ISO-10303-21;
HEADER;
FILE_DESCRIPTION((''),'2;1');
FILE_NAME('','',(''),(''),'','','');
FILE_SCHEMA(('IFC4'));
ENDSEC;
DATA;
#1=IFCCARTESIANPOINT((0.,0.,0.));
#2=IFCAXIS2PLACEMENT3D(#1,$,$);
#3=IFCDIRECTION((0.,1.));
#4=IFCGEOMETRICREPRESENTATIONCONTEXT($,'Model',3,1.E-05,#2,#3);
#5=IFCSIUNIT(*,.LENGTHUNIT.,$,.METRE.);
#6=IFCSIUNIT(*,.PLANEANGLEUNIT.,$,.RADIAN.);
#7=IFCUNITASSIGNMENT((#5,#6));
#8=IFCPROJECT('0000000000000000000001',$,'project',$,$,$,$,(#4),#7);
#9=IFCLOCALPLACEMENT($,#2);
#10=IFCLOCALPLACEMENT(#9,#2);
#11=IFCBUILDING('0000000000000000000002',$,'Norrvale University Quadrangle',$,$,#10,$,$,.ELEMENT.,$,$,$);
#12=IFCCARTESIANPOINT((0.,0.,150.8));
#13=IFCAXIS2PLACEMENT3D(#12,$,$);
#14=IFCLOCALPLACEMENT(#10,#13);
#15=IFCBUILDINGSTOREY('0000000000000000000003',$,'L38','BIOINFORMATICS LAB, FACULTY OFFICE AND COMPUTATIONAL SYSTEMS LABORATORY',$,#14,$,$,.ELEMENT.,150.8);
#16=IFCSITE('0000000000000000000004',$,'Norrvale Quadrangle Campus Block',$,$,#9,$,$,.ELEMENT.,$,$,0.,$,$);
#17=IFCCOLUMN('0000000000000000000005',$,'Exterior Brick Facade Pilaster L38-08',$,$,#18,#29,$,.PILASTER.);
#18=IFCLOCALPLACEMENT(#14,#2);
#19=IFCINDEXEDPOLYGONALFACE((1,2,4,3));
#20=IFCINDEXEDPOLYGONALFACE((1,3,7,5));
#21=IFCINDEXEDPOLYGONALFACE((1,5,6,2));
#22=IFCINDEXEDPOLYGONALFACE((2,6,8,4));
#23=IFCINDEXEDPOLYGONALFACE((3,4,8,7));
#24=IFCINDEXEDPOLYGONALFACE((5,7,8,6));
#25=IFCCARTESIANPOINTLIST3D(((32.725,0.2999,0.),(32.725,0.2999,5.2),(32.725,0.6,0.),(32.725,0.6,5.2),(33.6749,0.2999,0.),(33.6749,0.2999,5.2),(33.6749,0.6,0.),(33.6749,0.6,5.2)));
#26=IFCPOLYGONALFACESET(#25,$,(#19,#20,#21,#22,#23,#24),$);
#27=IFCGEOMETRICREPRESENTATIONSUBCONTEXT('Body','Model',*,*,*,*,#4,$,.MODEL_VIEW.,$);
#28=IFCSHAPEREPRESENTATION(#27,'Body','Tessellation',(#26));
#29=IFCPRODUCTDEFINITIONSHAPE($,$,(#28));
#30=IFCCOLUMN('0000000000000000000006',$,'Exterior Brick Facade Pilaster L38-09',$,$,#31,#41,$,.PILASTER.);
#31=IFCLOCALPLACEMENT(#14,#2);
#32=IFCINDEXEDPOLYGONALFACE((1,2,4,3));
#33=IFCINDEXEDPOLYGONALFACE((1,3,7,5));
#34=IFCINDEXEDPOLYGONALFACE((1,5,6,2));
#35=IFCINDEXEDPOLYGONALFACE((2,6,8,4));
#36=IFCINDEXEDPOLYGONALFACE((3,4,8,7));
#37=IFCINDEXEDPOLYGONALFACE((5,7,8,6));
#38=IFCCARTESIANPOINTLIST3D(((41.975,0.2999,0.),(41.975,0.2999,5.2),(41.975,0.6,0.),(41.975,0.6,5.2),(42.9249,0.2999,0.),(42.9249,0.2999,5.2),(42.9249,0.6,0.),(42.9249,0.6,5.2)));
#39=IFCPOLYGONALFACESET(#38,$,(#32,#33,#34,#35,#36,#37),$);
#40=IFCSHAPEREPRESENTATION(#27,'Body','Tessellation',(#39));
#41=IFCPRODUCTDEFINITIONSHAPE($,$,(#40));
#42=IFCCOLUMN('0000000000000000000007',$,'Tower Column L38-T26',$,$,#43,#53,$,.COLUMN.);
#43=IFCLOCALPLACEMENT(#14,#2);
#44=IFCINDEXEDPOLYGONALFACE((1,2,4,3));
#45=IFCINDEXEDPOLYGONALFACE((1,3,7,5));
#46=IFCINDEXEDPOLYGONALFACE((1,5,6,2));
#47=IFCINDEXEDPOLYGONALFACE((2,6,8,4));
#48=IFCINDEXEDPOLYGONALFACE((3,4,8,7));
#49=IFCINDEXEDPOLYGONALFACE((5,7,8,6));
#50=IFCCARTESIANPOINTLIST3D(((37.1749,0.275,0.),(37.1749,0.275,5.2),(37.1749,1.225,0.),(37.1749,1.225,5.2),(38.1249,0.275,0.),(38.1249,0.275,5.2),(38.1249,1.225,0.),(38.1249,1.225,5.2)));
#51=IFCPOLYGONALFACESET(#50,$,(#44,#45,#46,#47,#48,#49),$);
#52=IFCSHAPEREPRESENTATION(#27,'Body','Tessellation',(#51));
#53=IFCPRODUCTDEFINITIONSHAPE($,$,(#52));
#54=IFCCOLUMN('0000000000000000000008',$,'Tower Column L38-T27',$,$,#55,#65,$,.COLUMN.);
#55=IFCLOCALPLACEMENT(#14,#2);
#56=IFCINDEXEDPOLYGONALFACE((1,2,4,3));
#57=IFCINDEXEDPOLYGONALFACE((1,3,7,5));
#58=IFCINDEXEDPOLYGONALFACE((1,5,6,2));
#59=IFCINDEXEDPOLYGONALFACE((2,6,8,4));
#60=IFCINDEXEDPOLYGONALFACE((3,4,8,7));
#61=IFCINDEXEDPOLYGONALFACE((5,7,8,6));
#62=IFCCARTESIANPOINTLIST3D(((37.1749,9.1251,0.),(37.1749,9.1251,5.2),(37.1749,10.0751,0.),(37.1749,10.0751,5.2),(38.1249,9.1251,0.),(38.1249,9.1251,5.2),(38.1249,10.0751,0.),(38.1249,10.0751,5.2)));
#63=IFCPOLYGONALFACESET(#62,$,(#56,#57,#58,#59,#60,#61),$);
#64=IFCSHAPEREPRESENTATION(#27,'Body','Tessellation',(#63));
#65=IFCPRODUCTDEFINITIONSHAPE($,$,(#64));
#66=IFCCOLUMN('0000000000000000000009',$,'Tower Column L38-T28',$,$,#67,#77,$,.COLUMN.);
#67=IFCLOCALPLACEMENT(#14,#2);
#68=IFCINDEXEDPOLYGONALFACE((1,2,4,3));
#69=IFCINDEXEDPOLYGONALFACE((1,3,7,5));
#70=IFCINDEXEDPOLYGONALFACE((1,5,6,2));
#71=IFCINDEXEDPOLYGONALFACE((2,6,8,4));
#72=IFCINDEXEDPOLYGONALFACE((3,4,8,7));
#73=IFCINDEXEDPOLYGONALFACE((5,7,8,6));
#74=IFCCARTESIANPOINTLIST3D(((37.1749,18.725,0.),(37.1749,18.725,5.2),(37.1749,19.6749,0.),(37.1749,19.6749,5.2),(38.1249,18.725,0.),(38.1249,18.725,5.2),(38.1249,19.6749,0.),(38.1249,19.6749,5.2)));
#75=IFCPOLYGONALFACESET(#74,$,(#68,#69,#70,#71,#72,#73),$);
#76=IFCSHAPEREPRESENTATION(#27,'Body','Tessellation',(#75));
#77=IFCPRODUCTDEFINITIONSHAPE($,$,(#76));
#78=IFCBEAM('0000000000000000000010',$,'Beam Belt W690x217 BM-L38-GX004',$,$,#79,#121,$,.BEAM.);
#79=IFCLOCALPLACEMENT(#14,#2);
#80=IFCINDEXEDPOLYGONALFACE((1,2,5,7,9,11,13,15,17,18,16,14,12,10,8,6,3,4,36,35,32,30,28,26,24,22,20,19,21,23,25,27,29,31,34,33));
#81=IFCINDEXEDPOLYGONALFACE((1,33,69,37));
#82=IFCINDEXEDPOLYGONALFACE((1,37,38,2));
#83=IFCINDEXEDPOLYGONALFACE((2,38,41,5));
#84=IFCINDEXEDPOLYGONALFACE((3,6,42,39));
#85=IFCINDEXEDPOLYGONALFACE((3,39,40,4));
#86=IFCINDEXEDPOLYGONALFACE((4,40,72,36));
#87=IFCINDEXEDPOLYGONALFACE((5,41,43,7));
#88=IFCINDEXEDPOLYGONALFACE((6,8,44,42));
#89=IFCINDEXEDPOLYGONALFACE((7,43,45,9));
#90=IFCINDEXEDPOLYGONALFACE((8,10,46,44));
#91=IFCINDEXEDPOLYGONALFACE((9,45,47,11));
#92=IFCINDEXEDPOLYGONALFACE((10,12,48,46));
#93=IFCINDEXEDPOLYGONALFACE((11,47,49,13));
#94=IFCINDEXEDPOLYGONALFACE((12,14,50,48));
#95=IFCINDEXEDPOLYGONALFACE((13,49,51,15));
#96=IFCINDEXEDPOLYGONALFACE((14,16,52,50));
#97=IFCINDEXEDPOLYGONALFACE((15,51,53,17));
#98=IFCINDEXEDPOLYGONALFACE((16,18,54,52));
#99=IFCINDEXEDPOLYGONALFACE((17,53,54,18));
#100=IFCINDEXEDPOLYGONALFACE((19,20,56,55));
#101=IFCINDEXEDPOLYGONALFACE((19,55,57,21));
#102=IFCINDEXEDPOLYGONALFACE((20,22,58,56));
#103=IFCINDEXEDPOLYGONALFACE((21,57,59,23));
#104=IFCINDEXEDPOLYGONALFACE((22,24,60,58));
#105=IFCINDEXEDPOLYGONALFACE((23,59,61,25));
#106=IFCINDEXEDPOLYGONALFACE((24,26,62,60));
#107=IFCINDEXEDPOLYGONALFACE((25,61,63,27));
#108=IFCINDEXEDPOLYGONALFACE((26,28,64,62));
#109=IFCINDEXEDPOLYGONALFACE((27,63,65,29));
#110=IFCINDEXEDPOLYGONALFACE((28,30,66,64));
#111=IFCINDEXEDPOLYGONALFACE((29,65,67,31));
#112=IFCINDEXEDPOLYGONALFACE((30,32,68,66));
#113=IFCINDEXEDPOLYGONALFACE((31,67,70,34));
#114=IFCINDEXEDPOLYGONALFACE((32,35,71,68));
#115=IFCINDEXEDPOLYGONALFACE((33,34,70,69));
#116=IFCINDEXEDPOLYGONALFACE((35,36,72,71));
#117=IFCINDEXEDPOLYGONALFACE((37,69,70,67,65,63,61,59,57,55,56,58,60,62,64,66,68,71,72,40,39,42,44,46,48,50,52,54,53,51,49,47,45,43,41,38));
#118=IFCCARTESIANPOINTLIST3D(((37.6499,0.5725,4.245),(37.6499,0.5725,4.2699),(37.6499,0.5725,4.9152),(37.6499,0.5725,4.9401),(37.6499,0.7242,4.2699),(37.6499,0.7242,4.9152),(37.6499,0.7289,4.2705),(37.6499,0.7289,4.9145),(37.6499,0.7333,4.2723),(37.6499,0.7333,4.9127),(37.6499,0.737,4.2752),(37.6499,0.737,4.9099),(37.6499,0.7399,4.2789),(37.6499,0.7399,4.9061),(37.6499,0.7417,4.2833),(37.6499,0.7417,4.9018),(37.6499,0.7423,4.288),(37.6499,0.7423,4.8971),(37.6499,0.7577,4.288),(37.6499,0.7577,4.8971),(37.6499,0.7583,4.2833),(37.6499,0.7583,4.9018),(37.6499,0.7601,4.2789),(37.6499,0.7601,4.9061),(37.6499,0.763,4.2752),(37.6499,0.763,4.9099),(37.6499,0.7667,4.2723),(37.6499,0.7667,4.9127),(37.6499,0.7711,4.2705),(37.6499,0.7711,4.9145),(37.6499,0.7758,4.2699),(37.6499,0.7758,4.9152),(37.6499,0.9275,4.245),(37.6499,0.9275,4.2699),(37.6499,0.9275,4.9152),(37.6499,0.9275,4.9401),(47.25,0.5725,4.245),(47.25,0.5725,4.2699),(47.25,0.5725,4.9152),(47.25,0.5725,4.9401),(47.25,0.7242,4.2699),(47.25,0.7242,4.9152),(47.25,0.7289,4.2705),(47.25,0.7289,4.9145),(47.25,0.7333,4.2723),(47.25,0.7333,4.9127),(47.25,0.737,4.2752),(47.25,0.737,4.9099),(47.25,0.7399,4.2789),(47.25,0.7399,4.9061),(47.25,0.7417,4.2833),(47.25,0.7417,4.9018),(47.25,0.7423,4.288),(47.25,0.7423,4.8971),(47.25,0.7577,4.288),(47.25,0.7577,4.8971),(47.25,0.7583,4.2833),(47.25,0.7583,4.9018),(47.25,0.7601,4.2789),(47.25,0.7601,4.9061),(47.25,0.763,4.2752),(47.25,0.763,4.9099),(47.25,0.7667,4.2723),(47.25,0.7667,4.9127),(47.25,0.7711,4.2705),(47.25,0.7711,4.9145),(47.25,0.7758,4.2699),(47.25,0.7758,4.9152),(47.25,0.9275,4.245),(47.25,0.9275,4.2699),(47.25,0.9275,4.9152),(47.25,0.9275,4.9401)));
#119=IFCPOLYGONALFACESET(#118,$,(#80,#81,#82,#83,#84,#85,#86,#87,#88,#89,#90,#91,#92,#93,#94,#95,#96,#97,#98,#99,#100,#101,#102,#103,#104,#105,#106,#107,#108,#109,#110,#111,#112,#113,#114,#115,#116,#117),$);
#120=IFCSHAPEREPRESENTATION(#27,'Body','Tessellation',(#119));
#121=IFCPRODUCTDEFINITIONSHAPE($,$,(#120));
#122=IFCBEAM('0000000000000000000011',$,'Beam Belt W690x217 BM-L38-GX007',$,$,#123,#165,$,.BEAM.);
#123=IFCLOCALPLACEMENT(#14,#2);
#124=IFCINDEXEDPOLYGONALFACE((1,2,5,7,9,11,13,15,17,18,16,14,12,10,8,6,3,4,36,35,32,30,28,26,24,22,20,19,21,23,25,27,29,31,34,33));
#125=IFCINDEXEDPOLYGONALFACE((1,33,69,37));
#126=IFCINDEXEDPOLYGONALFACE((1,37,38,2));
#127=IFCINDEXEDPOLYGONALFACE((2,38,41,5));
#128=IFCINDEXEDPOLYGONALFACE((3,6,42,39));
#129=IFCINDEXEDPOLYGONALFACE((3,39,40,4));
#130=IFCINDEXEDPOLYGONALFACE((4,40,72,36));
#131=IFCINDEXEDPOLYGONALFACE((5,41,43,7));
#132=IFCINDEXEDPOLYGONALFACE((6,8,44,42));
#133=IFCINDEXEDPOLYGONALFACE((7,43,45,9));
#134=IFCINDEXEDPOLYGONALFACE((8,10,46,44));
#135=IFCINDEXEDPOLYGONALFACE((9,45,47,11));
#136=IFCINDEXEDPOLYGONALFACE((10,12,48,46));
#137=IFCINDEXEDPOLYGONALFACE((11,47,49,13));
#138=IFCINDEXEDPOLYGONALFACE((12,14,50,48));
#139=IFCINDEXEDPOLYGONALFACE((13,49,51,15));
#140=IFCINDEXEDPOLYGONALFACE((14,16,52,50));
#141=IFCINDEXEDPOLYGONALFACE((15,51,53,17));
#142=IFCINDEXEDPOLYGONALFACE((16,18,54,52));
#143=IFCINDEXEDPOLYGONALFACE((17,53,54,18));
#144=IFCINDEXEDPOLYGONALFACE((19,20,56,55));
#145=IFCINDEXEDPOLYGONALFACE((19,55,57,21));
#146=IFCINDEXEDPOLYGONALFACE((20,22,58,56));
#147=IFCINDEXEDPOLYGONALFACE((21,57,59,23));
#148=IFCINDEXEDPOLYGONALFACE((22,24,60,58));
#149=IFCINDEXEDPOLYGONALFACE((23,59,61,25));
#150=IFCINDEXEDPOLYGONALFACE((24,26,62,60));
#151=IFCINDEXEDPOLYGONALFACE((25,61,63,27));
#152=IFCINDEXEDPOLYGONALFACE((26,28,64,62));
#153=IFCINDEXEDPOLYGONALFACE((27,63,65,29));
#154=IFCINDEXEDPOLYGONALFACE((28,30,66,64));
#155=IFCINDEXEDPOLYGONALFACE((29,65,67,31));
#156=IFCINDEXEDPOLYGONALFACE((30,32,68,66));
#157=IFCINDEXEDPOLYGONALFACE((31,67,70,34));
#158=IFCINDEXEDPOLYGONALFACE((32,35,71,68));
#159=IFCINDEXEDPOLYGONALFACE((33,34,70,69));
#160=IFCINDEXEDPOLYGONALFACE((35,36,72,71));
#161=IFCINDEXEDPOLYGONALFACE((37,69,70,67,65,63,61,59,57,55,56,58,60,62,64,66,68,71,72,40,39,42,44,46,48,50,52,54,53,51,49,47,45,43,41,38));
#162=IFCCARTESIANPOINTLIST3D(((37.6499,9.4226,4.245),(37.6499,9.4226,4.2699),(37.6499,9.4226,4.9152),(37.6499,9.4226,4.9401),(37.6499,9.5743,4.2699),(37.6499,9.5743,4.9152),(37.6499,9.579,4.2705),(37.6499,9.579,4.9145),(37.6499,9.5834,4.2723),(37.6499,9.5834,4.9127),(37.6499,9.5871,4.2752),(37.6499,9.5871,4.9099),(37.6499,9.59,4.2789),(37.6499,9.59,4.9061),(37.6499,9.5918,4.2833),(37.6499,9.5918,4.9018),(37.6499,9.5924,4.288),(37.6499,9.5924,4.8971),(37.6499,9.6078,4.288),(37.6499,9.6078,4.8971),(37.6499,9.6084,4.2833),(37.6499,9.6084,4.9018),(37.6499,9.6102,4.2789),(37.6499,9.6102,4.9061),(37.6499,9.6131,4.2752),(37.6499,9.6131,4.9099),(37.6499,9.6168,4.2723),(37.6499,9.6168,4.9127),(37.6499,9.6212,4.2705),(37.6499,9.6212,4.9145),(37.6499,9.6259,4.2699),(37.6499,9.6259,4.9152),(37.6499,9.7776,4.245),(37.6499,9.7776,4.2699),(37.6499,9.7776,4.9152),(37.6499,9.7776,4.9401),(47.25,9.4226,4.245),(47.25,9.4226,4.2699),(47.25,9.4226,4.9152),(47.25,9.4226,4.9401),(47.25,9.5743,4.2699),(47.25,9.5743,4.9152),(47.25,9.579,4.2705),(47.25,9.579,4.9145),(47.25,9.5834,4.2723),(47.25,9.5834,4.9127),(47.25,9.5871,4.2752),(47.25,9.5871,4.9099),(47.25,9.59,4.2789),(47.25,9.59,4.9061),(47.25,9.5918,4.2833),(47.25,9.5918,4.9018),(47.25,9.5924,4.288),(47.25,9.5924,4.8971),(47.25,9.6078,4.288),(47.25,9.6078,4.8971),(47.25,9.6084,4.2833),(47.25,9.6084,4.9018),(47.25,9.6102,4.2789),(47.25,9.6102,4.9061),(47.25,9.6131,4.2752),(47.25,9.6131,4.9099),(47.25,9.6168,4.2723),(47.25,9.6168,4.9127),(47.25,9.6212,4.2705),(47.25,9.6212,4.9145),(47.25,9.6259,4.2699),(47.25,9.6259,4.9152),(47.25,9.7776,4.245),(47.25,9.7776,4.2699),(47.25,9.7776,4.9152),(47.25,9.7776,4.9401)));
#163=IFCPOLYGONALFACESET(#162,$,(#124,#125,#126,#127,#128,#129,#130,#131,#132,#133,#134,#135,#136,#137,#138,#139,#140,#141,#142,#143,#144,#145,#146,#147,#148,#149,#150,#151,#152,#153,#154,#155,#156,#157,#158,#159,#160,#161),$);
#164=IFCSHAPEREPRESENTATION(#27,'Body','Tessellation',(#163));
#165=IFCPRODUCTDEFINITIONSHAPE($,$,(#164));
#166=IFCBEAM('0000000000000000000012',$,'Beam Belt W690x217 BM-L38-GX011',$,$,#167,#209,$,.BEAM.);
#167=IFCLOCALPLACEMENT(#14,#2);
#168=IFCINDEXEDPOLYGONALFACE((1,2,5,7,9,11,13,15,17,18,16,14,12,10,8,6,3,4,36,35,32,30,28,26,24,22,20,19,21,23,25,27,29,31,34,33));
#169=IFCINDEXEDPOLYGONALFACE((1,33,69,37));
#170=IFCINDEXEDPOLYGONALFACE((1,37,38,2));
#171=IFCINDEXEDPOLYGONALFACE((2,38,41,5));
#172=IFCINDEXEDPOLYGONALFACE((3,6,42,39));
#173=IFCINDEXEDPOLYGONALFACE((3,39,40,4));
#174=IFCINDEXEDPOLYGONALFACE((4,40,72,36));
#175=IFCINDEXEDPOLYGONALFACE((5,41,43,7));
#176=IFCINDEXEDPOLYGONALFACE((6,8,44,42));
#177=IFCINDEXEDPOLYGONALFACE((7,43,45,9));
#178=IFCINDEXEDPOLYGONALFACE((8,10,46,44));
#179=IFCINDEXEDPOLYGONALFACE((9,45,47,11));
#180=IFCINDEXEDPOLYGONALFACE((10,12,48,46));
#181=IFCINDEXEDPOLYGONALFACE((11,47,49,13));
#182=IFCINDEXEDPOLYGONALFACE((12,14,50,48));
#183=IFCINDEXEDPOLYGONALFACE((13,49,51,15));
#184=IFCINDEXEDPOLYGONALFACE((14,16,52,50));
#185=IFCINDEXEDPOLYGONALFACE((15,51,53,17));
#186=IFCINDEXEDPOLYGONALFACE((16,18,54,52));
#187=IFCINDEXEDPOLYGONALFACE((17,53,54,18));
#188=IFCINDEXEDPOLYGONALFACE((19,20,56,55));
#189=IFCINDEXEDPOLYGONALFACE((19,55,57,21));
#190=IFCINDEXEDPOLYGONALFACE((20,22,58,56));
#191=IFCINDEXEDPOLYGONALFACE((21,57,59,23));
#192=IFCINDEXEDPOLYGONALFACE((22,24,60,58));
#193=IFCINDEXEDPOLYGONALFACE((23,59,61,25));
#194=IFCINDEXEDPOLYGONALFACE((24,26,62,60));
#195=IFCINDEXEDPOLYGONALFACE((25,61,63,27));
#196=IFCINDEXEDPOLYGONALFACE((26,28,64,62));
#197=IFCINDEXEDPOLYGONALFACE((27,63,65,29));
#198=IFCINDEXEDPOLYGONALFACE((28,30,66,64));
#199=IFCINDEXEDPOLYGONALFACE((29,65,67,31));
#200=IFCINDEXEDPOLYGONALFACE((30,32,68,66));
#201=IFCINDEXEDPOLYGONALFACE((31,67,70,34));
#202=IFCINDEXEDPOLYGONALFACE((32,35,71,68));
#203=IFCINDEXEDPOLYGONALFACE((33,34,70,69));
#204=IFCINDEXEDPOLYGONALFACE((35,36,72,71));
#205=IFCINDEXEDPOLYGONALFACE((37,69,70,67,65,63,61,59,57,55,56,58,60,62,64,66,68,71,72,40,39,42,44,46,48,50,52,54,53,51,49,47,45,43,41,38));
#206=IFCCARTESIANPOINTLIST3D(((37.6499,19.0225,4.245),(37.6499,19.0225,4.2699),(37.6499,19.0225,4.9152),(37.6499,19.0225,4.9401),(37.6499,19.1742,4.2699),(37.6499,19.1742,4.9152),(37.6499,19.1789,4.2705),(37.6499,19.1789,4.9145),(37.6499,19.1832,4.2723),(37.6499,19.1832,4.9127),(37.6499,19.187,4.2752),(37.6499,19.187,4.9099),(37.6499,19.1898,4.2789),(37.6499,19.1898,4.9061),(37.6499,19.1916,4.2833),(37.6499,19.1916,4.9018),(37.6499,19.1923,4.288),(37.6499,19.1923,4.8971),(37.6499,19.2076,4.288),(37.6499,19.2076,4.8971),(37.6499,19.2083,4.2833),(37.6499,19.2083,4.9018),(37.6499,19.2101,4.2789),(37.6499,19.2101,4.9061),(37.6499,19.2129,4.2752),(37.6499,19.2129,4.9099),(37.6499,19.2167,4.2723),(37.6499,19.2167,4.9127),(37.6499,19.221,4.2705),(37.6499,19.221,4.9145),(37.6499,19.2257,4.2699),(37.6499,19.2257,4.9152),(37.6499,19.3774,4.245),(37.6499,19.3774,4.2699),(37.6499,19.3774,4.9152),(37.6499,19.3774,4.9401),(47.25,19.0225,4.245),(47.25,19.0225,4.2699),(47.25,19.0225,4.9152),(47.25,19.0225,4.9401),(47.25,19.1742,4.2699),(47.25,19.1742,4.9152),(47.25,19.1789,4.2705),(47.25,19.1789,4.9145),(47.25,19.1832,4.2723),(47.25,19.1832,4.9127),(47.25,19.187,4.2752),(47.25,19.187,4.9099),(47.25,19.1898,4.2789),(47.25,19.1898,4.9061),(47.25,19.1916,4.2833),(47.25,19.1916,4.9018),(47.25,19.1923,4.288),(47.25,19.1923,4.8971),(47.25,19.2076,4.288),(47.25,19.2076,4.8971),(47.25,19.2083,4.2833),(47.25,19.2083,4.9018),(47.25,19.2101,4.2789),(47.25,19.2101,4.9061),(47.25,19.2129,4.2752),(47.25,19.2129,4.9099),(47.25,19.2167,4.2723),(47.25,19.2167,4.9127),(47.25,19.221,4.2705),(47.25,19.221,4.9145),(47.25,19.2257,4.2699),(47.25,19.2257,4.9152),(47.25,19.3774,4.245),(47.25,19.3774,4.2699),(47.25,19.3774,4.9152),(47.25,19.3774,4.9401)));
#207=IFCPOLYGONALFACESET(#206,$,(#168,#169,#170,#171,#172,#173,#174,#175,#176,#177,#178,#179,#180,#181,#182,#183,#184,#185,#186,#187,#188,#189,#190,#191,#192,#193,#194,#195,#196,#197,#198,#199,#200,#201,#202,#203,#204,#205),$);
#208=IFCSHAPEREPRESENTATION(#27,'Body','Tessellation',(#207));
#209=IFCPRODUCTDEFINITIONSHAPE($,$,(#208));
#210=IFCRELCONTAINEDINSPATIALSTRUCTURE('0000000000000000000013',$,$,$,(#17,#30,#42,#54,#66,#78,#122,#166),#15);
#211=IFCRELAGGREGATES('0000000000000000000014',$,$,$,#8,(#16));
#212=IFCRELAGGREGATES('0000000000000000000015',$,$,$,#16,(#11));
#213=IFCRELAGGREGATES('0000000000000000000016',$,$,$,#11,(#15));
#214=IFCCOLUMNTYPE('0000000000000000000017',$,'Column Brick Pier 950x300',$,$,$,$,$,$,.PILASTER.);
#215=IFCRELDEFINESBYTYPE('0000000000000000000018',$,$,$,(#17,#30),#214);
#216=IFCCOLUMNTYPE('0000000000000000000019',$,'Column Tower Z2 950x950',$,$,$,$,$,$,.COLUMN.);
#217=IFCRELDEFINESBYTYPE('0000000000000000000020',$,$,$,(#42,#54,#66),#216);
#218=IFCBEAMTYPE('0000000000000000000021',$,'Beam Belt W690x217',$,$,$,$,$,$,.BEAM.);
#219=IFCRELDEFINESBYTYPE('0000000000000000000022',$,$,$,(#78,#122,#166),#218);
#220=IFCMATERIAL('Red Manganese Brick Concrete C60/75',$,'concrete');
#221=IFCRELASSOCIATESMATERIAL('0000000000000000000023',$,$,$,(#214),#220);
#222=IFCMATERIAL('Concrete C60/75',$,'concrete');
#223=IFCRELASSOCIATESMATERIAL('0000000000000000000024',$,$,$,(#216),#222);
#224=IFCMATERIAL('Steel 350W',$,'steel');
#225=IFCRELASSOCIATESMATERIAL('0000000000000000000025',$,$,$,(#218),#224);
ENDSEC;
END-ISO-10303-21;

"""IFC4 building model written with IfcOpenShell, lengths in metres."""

from ifc_helpers import new_model, si_unit, direction, frame, origin, origin_2d, place, context, subcontext, project, spatial, rectangle, i_section, extrude, material, material_profile, profile_set, type_object, element, save


model = new_model("IFC4")

# Units and contexts
model_context = context("Model", 3, precision=1e-05, world=origin(), true_north=direction((0.0, 1.0)))
body_context = subcontext(model_context, "Body", "Model", "MODEL_VIEW")
ifc_project = project(units=[si_unit("LENGTHUNIT", "METRE"), si_unit("PLANEANGLEUNIT", "RADIAN")], contexts=[model_context])

# Site, building, storey
site_placement = place(None, origin())
site = spatial("IfcSite", under=ifc_project, at=site_placement, Name="Norrvale Quadrangle Campus Block", CompositionType="ELEMENT", RefElevation=0.0)
building_placement = place(site_placement, origin())
building = spatial("IfcBuilding", under=site, at=building_placement, Name="Norrvale University Quadrangle", CompositionType="ELEMENT")
storey_placement = place(building_placement, frame((0.0, 0.0, 150.8)))
storey = spatial("IfcBuildingStorey", under=building, at=storey_placement, Name="L38", Description="BIOINFORMATICS LAB, FACULTY OFFICE AND COMPUTATIONAL SYSTEMS LABORATORY", CompositionType="ELEMENT", Elevation=150.8)

# Columns
ifc_material_1 = material(Name="Red Manganese Brick Concrete C60/75", Category="concrete")
ifc_material_profile_1 = material_profile(ifc_material_1, rectangle(XDim=0.95, YDim=0.3, at=origin_2d()), Name="Red Manganese Brick Concrete C60/75")
ifc_profile_set_1 = profile_set([ifc_material_profile_1], Name="Red Manganese Brick Concrete C60/75")
column_type_1 = type_object("IfcColumnType", Name="Column Brick Pier 950x300", PredefinedType="PILASTER", material=ifc_profile_set_1)
for number, where, z_axis, x_axis, name in (
    (1, (33.2, 0.45, 0.0), (0.0, 0.0, 1.0), (1.0, 0.0, 0.0), "Exterior Brick Facade Pilaster L38-08"),
    (2, (42.45, 0.45, 0.0), (0.0, 0.0, 1.0), (1.0, 0.0, 0.0), "Exterior Brick Facade Pilaster L38-09"),
):
    element("IfcColumn", number, at=place(storey_placement, frame(where, z_axis=z_axis, x_axis=x_axis)), inside=storey, type_object=column_type_1, Name=name, PredefinedType="PILASTER", context=body_context, shape_type="SweptSolid", body=[
        extrude(rectangle(XDim=0.95, YDim=0.3, at=origin_2d()), origin(), (0.0, 0.0, 1.0), 5.2),
    ])
ifc_material_2 = material(Name="Concrete C60/75", Category="concrete")
ifc_material_profile_2 = material_profile(ifc_material_2, rectangle(XDim=0.95, YDim=0.95, at=origin_2d()), Name="Concrete C60/75")
ifc_profile_set_2 = profile_set([ifc_material_profile_2], Name="Concrete C60/75")
column_type_2 = type_object("IfcColumnType", Name="Column Tower Z2 950x950", PredefinedType="COLUMN", material=ifc_profile_set_2)
for number, where, z_axis, x_axis, name in (
    (3, (37.6499, 0.75, 0.0), (0.0, 0.0, 1.0), (1.0, 0.0, 0.0), "Tower Column L38-T26"),
    (4, (37.6499, 9.6001, 0.0), (0.0, 0.0, 1.0), (1.0, 0.0, 0.0), "Tower Column L38-T27"),
    (5, (37.6499, 19.2, 0.0), (0.0, 0.0, 1.0), (1.0, 0.0, 0.0), "Tower Column L38-T28"),
):
    element("IfcColumn", number, at=place(storey_placement, frame(where, z_axis=z_axis, x_axis=x_axis)), inside=storey, type_object=column_type_2, Name=name, PredefinedType="COLUMN", context=body_context, shape_type="SweptSolid", body=[
        extrude(rectangle(XDim=0.95, YDim=0.95, at=origin_2d()), origin(), (0.0, 0.0, 1.0), 5.2),
    ])

# Beams
ifc_material_3 = material(Name="Steel 350W", Category="steel")
ifc_material_profile_3 = material_profile(ifc_material_3, i_section(OverallWidth=0.355, OverallDepth=0.6951, WebThickness=0.0154, FlangeThickness=0.0249, FilletRadius=0.0181, at=origin_2d()), Name="Steel 350W")
ifc_profile_set_3 = profile_set([ifc_material_profile_3], Name="Steel 350W")
beam_type_1 = type_object("IfcBeamType", Name="Beam Belt W690x217", PredefinedType="BEAM", material=ifc_profile_set_3)
for number, where, z_axis, x_axis, name in (
    (6, (37.6499, 0.75, 4.5925), (1.0, 0.0, 0.0), (0.0, 1.0, 0.0), "Beam Belt W690x217 BM-L38-GX004"),
    (7, (37.6499, 9.6001, 4.5925), (1.0, 0.0, 0.0), (0.0, 1.0, 0.0), "Beam Belt W690x217 BM-L38-GX007"),
    (8, (37.6499, 19.2, 4.5925), (1.0, 0.0, 0.0), (0.0, 1.0, 0.0), "Beam Belt W690x217 BM-L38-GX011"),
):
    element("IfcBeam", number, at=place(storey_placement, frame(where, z_axis=z_axis, x_axis=x_axis)), inside=storey, type_object=beam_type_1, Name=name, PredefinedType="BEAM", context=body_context, shape_type="SweptSolid", body=[
        extrude(i_section(OverallWidth=0.355, OverallDepth=0.6951, WebThickness=0.0154, FlangeThickness=0.0249, FilletRadius=0.0181, at=origin_2d()), origin(), (0.0, 0.0, 1.0), 9.6001),
    ])

save(model, "model.ifc")
